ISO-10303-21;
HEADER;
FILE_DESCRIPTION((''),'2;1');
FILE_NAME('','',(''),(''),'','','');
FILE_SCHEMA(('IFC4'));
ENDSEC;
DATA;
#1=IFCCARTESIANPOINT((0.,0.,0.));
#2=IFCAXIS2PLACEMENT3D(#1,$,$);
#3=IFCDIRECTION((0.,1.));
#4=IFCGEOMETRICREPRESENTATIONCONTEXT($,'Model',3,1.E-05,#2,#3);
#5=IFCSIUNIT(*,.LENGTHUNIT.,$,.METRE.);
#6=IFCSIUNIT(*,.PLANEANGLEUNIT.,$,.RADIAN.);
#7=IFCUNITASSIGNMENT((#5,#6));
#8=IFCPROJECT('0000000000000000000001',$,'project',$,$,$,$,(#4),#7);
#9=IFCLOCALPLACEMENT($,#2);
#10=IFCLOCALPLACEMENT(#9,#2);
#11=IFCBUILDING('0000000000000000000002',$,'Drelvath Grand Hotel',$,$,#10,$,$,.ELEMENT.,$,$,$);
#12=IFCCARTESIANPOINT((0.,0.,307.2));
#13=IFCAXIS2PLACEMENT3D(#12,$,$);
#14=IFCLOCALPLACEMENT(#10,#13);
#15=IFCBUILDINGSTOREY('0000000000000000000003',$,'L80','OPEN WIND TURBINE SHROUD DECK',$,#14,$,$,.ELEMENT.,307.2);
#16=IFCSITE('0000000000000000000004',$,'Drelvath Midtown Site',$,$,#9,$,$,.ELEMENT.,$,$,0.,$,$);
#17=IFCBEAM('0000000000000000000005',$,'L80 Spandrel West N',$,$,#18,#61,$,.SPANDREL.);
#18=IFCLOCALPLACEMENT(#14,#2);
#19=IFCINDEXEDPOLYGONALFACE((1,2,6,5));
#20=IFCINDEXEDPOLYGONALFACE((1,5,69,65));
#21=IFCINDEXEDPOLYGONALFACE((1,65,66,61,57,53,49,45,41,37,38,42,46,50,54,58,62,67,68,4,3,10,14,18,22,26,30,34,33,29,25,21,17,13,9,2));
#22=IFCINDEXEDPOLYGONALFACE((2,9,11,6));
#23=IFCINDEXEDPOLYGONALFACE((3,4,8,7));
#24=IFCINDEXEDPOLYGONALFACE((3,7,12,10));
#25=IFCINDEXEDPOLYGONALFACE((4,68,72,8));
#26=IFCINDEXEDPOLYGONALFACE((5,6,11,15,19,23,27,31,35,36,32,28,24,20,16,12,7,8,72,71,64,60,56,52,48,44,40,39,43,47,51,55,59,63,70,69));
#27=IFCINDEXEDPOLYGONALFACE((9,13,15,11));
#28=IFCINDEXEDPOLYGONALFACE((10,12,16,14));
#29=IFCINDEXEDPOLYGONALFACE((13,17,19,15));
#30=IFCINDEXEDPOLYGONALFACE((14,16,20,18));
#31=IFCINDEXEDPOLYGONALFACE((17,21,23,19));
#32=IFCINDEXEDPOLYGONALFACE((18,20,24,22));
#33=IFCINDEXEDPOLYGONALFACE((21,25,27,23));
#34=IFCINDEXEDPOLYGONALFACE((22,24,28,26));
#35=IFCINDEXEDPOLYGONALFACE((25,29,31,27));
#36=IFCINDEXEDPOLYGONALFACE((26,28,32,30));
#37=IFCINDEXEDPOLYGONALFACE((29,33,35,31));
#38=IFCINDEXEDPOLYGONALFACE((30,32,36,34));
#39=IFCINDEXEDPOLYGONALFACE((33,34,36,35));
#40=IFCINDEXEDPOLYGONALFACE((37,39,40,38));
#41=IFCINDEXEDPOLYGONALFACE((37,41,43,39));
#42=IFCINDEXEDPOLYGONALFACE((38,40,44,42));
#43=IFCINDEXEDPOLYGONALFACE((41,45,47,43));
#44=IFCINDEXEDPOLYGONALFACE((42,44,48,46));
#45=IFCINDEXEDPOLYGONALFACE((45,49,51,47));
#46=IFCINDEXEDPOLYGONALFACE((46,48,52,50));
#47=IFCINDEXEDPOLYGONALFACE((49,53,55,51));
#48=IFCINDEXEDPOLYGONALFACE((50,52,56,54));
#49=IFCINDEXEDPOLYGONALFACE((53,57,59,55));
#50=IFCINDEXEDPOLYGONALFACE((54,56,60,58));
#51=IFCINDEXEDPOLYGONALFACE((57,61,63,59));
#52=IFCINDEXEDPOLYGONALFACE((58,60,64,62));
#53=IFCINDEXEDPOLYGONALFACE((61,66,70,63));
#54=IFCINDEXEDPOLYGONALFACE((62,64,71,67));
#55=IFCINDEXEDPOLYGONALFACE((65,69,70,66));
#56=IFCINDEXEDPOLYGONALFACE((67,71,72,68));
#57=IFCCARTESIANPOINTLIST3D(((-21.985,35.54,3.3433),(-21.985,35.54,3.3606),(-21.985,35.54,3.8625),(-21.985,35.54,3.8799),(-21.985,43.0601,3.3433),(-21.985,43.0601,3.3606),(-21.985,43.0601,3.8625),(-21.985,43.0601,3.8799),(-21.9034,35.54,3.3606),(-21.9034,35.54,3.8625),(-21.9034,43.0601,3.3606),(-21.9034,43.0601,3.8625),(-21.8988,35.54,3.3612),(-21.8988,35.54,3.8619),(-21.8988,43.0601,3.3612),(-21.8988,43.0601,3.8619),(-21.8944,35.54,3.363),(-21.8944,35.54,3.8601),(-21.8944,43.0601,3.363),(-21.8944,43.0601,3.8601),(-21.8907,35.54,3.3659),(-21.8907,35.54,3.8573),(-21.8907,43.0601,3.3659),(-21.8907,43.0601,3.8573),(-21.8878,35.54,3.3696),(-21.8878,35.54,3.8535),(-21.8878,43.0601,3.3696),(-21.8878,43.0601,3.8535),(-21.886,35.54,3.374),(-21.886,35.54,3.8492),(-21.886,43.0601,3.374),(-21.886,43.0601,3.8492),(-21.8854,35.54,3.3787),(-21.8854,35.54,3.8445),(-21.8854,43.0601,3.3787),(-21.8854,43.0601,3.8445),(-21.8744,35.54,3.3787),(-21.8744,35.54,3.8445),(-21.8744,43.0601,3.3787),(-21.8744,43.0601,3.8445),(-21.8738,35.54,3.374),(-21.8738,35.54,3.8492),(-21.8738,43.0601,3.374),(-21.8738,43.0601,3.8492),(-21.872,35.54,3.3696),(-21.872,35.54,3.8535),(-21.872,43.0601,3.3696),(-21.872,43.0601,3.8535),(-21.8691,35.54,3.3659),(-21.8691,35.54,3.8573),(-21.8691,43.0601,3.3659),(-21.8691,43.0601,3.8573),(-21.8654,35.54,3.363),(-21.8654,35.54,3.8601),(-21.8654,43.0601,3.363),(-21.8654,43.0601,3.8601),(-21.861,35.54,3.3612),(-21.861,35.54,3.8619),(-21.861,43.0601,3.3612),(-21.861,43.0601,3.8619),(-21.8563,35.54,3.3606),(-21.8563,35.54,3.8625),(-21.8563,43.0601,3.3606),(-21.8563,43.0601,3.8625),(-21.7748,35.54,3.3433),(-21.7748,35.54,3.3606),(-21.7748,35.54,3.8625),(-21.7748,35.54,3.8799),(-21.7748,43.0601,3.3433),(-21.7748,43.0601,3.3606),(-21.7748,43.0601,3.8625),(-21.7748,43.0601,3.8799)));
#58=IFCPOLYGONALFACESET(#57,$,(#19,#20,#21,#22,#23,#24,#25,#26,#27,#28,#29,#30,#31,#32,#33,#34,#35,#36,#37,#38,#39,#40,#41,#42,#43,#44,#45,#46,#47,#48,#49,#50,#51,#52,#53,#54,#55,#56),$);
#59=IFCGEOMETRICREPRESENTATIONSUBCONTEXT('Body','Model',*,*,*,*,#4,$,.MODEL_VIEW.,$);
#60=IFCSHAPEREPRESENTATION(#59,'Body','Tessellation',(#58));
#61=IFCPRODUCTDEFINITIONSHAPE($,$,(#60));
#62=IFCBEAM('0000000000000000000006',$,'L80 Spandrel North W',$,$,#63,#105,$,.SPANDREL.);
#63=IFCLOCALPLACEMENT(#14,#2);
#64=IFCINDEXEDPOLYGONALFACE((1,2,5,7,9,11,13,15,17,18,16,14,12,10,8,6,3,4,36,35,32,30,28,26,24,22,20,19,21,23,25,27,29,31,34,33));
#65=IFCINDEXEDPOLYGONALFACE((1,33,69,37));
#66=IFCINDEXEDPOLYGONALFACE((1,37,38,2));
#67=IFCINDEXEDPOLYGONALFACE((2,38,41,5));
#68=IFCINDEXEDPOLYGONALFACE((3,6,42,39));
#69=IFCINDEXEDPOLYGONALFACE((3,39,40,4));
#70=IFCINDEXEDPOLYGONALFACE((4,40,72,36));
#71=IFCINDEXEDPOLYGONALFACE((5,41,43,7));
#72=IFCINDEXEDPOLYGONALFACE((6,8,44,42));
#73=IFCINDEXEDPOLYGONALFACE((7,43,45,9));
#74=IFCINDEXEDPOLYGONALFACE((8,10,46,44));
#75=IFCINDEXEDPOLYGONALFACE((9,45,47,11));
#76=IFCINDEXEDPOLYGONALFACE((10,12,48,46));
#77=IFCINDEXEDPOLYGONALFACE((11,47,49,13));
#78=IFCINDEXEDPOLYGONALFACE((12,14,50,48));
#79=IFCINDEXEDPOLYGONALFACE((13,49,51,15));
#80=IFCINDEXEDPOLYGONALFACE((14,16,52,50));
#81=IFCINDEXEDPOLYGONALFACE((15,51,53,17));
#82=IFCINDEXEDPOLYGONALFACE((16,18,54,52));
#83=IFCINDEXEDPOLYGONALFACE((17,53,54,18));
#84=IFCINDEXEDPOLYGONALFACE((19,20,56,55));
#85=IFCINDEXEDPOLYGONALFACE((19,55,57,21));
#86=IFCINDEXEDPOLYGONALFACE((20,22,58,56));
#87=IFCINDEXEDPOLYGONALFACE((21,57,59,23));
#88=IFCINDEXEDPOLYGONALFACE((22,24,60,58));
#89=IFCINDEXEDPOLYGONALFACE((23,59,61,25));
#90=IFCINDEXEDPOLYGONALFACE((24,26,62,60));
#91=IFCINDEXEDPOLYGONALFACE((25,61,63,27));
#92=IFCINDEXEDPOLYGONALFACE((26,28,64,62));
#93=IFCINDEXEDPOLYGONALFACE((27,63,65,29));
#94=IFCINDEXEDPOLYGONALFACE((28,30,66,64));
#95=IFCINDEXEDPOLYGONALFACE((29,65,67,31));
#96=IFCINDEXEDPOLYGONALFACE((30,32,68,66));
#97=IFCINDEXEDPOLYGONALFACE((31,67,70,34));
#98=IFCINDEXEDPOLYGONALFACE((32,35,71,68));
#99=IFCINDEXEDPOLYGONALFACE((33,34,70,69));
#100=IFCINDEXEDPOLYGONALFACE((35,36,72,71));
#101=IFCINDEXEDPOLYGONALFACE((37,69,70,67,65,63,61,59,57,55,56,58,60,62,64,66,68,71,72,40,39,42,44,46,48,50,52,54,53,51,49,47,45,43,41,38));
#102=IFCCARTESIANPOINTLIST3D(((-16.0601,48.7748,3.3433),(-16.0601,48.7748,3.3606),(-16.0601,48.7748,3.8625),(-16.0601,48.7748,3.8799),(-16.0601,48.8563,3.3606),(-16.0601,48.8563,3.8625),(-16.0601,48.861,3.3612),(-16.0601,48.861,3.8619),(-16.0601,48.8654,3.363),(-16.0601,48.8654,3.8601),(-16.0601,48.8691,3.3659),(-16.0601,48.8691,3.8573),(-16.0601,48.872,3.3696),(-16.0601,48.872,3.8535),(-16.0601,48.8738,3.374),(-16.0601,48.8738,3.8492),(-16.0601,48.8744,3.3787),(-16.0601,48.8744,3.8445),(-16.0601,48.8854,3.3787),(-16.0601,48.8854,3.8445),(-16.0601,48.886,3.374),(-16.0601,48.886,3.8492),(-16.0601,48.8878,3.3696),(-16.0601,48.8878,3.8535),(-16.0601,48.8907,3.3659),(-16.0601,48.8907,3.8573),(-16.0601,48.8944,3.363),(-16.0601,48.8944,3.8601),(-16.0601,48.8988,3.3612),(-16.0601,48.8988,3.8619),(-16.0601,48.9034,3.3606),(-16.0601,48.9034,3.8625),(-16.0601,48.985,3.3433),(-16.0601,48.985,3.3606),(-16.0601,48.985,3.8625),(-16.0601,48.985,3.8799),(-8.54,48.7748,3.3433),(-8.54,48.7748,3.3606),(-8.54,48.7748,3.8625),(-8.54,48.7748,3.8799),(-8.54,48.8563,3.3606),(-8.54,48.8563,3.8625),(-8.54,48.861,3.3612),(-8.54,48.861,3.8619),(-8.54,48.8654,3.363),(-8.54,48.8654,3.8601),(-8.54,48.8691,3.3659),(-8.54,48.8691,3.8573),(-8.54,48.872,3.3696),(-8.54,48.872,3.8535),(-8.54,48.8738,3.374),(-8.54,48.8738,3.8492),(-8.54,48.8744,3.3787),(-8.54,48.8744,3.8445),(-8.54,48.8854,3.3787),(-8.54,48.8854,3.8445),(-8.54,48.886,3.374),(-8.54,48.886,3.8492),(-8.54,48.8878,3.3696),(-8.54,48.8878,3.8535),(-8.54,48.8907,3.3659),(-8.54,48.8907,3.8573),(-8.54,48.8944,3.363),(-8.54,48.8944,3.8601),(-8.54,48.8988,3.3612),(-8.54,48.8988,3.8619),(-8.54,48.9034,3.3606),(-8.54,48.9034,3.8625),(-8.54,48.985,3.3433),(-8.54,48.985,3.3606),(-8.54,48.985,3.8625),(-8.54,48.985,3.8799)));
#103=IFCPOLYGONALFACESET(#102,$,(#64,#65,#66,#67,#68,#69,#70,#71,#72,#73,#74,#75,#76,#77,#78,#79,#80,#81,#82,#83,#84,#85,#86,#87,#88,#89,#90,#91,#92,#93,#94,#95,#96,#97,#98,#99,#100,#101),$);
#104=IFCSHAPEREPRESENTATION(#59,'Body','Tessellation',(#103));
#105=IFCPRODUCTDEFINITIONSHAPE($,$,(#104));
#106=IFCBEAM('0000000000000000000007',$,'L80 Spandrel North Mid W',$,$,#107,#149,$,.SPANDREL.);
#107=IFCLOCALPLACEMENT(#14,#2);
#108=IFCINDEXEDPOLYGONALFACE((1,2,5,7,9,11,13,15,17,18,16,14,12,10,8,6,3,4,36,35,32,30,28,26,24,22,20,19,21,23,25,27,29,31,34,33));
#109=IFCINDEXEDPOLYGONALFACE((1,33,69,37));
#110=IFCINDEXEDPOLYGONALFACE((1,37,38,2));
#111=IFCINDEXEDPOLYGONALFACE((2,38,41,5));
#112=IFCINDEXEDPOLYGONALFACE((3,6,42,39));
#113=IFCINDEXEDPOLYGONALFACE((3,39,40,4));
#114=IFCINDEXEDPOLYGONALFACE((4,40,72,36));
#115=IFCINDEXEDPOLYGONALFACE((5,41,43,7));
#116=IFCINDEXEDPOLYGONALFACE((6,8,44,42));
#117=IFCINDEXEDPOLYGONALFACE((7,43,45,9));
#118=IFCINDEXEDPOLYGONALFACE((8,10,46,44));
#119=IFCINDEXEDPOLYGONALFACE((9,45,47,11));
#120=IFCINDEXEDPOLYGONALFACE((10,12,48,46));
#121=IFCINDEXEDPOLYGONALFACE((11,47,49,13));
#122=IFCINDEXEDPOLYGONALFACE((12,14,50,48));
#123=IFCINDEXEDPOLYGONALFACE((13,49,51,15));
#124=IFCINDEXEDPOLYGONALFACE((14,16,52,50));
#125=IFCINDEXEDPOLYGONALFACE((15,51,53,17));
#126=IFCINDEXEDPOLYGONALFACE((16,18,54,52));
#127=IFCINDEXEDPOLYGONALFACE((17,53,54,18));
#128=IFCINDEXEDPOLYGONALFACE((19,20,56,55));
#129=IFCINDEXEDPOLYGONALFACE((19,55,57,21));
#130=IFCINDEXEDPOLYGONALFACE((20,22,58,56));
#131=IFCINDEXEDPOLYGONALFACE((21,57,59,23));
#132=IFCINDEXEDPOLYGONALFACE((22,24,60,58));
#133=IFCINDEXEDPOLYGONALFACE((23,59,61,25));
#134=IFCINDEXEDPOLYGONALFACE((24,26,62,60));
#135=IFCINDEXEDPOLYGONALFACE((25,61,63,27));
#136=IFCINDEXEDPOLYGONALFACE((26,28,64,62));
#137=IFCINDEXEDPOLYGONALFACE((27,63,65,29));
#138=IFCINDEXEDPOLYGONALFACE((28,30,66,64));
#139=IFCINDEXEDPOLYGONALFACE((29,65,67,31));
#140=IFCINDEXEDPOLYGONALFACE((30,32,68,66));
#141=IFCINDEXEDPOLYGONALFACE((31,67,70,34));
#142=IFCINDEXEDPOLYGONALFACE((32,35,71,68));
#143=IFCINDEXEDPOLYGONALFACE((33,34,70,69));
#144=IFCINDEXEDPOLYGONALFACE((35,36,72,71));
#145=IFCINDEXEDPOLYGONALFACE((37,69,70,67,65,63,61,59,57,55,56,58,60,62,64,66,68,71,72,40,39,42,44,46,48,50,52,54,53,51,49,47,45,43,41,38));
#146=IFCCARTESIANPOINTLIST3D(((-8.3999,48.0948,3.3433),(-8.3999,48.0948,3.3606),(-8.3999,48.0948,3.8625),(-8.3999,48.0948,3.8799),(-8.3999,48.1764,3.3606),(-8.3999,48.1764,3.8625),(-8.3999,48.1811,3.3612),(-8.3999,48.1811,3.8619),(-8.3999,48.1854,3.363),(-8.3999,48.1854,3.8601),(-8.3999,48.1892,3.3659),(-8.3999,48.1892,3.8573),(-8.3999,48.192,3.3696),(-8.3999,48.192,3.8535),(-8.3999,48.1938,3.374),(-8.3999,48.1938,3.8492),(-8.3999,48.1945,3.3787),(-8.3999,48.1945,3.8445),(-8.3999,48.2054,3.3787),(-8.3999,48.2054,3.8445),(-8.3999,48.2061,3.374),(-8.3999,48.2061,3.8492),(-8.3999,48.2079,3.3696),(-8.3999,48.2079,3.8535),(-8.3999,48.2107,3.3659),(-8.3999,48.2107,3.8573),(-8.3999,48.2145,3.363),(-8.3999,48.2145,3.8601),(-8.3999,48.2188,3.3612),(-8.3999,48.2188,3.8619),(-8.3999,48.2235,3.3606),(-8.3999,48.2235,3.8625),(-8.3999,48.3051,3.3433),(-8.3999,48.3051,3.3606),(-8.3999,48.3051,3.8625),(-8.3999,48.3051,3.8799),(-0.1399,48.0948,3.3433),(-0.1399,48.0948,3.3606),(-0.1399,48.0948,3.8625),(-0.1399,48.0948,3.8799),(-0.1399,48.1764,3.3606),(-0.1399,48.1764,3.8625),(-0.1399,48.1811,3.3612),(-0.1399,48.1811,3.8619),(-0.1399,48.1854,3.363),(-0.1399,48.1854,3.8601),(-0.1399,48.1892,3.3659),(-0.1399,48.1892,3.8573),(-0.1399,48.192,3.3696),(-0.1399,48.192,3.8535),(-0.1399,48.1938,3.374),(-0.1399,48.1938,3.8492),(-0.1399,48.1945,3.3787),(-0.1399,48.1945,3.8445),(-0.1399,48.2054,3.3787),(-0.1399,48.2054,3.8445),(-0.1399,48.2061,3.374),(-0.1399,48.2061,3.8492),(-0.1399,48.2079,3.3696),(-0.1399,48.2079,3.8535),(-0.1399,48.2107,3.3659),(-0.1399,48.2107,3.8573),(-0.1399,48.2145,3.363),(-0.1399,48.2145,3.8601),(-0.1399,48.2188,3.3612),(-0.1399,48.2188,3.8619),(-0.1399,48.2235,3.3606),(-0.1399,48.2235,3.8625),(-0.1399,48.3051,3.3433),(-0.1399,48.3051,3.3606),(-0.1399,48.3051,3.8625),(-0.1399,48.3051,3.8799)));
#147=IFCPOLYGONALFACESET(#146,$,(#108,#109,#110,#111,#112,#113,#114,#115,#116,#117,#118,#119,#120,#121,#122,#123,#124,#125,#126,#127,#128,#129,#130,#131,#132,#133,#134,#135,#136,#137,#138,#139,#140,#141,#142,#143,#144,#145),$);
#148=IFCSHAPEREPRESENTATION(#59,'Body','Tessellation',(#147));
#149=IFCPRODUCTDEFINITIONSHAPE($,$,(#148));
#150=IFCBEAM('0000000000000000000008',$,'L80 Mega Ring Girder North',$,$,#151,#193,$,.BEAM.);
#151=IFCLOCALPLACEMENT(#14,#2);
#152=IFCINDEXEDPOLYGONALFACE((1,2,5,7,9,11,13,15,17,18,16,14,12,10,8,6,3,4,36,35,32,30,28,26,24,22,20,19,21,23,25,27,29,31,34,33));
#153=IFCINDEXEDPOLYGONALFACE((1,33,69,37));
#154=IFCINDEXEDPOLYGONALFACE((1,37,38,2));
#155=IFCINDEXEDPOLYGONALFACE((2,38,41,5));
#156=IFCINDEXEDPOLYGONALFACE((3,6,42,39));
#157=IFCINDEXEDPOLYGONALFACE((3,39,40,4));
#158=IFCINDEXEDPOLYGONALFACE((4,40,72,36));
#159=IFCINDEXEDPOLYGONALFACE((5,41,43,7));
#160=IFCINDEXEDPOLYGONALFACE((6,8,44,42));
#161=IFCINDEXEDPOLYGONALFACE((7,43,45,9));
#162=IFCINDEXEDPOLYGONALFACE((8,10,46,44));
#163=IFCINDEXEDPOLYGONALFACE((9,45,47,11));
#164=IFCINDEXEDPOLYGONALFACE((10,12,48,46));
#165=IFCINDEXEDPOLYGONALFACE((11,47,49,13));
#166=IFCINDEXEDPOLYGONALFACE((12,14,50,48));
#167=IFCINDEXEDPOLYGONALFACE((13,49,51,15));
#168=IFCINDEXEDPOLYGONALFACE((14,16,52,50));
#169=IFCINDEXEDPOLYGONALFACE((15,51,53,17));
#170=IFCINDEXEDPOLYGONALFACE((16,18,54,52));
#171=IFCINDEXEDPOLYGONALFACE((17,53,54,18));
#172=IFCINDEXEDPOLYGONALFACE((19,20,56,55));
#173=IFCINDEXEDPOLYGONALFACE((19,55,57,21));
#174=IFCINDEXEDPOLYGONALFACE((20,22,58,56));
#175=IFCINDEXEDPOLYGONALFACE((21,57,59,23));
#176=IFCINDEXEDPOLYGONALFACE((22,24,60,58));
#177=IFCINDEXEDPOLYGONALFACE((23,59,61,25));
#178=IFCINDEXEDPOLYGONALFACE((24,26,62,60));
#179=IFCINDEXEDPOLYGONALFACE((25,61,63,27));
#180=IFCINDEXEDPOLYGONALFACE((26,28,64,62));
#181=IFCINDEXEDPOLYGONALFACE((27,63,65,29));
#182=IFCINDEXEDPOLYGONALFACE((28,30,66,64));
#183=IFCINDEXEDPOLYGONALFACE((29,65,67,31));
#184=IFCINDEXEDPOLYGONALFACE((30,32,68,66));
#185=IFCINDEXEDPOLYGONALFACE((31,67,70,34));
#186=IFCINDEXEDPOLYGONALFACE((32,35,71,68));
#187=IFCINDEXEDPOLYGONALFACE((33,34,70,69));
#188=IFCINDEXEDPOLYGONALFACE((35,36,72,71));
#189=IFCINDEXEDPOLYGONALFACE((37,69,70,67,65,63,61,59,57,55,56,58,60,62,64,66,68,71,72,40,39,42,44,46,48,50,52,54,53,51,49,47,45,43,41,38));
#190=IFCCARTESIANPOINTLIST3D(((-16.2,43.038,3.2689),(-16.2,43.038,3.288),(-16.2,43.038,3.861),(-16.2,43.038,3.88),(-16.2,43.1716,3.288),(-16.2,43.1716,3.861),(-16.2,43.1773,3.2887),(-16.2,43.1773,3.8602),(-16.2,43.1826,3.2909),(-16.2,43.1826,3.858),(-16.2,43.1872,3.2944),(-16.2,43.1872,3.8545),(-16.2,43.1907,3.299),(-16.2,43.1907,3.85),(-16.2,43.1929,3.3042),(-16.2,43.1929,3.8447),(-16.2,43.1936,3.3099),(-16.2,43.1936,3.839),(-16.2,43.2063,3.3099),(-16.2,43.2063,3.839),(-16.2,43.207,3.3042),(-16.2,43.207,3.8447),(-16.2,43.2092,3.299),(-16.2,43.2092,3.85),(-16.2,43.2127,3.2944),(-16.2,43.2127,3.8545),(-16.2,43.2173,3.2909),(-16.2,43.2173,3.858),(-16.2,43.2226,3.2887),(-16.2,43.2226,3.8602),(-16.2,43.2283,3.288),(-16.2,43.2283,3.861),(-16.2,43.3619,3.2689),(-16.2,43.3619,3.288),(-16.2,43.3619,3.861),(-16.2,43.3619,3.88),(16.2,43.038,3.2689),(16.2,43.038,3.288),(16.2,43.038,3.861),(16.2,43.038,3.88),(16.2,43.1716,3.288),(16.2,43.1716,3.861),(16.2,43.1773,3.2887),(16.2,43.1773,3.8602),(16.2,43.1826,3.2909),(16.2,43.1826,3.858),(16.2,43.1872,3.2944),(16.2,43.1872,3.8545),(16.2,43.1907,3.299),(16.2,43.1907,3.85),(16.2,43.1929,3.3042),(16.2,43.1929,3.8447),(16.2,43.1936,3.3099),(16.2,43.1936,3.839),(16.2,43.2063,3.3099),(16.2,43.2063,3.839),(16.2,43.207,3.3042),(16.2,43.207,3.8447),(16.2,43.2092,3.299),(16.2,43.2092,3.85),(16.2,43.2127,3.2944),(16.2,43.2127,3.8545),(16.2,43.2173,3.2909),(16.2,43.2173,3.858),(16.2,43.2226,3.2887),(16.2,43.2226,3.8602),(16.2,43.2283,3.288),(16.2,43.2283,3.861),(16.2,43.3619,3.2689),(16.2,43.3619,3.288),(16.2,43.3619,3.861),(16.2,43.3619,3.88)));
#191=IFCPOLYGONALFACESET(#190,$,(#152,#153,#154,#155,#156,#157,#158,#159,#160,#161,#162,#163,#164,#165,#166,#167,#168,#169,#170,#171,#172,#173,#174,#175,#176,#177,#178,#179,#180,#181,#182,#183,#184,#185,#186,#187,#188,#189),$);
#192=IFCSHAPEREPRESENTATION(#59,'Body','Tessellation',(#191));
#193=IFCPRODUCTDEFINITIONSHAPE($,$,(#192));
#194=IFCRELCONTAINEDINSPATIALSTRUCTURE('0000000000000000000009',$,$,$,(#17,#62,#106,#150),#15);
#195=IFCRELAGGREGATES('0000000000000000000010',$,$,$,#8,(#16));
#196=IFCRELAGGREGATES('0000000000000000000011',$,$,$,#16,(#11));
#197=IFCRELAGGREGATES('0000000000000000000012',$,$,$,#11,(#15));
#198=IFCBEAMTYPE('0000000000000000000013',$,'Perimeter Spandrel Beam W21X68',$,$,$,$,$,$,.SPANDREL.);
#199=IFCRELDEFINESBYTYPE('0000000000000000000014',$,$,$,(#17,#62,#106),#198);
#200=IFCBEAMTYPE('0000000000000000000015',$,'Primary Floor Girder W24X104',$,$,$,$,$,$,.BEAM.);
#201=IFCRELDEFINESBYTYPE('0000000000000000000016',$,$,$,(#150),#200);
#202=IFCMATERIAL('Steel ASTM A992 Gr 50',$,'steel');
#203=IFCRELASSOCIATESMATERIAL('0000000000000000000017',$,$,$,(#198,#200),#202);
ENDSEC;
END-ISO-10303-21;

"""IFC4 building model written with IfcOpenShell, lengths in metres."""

from ifc_helpers import new_model, si_unit, direction, frame, origin, origin_2d, place, context, subcontext, project, spatial, i_section, extrude, material, material_profile, profile_set, type_object, element, save


model = new_model("IFC4")

# Units and contexts
model_context = context("Model", 3, precision=1e-05, world=origin(), true_north=direction((0.0, 1.0)))
body_context = subcontext(model_context, "Body", "Model", "MODEL_VIEW")
ifc_project = project(units=[si_unit("LENGTHUNIT", "METRE"), si_unit("PLANEANGLEUNIT", "RADIAN")], contexts=[model_context])

# Site, building, storey
site_placement = place(None, origin())
site = spatial("IfcSite", under=ifc_project, at=site_placement, Name="Drelvath Midtown Site", CompositionType="ELEMENT", RefElevation=0.0)
building_placement = place(site_placement, origin())
building = spatial("IfcBuilding", under=site, at=building_placement, Name="Drelvath Grand Hotel", CompositionType="ELEMENT")
storey_placement = place(building_placement, frame((0.0, 0.0, 307.2)))
storey = spatial("IfcBuildingStorey", under=building, at=storey_placement, Name="L80", Description="OPEN WIND TURBINE SHROUD DECK", CompositionType="ELEMENT", Elevation=307.2)

# Beams
ifc_material_1 = material(Name="Steel ASTM A992 Gr 50", Category="steel")
ifc_material_profile_1 = material_profile(ifc_material_1, i_section(OverallWidth=0.2102, OverallDepth=0.5366, WebThickness=0.011, FlangeThickness=0.0173, FilletRadius=0.0181, at=origin_2d()), Name="W21X68")
ifc_profile_set_1 = profile_set([ifc_material_profile_1], Name="Steel ASTM A992 Gr 50")
beam_type_1 = type_object("IfcBeamType", Name="Perimeter Spandrel Beam W21X68", PredefinedType="SPANDREL", material=ifc_profile_set_1)
for number, where, z_axis, x_axis, name in (
    (1, (-21.8799, 35.54, 3.6116), (0.0, 1.0, 0.0), (-1.0, 0.0, 0.0), "L80 Spandrel West N"),
    (2, (-16.0601, 48.8799, 3.6116), (1.0, 0.0, 0.0), (0.0, 1.0, 0.0), "L80 Spandrel North W"),
):
    element("IfcBeam", number, at=place(storey_placement, frame(where, z_axis=z_axis, x_axis=x_axis)), inside=storey, type_object=beam_type_1, Name=name, PredefinedType="SPANDREL", context=body_context, shape_type="SweptSolid", body=[
        extrude(i_section(OverallWidth=0.2102, OverallDepth=0.5366, WebThickness=0.011, FlangeThickness=0.0173, FilletRadius=0.0181, at=origin_2d()), origin(), (0.0, 0.0, 1.0), 7.52),
    ])
beam_1_placement = place(storey_placement, frame((-8.3999, 48.2, 3.6116), z_axis=(1.0, 0.0, 0.0), x_axis=(0.0, 1.0, 0.0)))
element("IfcBeam", 3, at=beam_1_placement, inside=storey, type_object=beam_type_1, Name="L80 Spandrel North Mid W", PredefinedType="SPANDREL", context=body_context, shape_type="SweptSolid", body=[
    extrude(i_section(OverallWidth=0.2102, OverallDepth=0.5366, WebThickness=0.011, FlangeThickness=0.0173, FilletRadius=0.0181, at=origin_2d()), origin(), (0.0, 0.0, 1.0), 8.26),
])
ifc_material_profile_2 = material_profile(ifc_material_1, i_section(OverallWidth=0.324, OverallDepth=0.6111, WebThickness=0.0127, FlangeThickness=0.019, FilletRadius=0.022, at=origin_2d()), Name="W24X104")
ifc_profile_set_2 = profile_set([ifc_material_profile_2], Name="Steel ASTM A992 Gr 50")
beam_type_2 = type_object("IfcBeamType", Name="Primary Floor Girder W24X104", PredefinedType="BEAM", material=ifc_profile_set_2)
beam_2_placement = place(storey_placement, frame((-16.2, 43.2, 3.5745), z_axis=(1.0, 0.0, 0.0), x_axis=(0.0, 1.0, 0.0)))
element("IfcBeam", 4, at=beam_2_placement, inside=storey, type_object=beam_type_2, Name="L80 Mega Ring Girder North", PredefinedType="BEAM", context=body_context, shape_type="SweptSolid", body=[
    extrude(i_section(OverallWidth=0.324, OverallDepth=0.6111, WebThickness=0.0127, FlangeThickness=0.019, FilletRadius=0.022, at=origin_2d()), origin(), (0.0, 0.0, 1.0), 32.3999),
])

save(model, "model.ifc")
